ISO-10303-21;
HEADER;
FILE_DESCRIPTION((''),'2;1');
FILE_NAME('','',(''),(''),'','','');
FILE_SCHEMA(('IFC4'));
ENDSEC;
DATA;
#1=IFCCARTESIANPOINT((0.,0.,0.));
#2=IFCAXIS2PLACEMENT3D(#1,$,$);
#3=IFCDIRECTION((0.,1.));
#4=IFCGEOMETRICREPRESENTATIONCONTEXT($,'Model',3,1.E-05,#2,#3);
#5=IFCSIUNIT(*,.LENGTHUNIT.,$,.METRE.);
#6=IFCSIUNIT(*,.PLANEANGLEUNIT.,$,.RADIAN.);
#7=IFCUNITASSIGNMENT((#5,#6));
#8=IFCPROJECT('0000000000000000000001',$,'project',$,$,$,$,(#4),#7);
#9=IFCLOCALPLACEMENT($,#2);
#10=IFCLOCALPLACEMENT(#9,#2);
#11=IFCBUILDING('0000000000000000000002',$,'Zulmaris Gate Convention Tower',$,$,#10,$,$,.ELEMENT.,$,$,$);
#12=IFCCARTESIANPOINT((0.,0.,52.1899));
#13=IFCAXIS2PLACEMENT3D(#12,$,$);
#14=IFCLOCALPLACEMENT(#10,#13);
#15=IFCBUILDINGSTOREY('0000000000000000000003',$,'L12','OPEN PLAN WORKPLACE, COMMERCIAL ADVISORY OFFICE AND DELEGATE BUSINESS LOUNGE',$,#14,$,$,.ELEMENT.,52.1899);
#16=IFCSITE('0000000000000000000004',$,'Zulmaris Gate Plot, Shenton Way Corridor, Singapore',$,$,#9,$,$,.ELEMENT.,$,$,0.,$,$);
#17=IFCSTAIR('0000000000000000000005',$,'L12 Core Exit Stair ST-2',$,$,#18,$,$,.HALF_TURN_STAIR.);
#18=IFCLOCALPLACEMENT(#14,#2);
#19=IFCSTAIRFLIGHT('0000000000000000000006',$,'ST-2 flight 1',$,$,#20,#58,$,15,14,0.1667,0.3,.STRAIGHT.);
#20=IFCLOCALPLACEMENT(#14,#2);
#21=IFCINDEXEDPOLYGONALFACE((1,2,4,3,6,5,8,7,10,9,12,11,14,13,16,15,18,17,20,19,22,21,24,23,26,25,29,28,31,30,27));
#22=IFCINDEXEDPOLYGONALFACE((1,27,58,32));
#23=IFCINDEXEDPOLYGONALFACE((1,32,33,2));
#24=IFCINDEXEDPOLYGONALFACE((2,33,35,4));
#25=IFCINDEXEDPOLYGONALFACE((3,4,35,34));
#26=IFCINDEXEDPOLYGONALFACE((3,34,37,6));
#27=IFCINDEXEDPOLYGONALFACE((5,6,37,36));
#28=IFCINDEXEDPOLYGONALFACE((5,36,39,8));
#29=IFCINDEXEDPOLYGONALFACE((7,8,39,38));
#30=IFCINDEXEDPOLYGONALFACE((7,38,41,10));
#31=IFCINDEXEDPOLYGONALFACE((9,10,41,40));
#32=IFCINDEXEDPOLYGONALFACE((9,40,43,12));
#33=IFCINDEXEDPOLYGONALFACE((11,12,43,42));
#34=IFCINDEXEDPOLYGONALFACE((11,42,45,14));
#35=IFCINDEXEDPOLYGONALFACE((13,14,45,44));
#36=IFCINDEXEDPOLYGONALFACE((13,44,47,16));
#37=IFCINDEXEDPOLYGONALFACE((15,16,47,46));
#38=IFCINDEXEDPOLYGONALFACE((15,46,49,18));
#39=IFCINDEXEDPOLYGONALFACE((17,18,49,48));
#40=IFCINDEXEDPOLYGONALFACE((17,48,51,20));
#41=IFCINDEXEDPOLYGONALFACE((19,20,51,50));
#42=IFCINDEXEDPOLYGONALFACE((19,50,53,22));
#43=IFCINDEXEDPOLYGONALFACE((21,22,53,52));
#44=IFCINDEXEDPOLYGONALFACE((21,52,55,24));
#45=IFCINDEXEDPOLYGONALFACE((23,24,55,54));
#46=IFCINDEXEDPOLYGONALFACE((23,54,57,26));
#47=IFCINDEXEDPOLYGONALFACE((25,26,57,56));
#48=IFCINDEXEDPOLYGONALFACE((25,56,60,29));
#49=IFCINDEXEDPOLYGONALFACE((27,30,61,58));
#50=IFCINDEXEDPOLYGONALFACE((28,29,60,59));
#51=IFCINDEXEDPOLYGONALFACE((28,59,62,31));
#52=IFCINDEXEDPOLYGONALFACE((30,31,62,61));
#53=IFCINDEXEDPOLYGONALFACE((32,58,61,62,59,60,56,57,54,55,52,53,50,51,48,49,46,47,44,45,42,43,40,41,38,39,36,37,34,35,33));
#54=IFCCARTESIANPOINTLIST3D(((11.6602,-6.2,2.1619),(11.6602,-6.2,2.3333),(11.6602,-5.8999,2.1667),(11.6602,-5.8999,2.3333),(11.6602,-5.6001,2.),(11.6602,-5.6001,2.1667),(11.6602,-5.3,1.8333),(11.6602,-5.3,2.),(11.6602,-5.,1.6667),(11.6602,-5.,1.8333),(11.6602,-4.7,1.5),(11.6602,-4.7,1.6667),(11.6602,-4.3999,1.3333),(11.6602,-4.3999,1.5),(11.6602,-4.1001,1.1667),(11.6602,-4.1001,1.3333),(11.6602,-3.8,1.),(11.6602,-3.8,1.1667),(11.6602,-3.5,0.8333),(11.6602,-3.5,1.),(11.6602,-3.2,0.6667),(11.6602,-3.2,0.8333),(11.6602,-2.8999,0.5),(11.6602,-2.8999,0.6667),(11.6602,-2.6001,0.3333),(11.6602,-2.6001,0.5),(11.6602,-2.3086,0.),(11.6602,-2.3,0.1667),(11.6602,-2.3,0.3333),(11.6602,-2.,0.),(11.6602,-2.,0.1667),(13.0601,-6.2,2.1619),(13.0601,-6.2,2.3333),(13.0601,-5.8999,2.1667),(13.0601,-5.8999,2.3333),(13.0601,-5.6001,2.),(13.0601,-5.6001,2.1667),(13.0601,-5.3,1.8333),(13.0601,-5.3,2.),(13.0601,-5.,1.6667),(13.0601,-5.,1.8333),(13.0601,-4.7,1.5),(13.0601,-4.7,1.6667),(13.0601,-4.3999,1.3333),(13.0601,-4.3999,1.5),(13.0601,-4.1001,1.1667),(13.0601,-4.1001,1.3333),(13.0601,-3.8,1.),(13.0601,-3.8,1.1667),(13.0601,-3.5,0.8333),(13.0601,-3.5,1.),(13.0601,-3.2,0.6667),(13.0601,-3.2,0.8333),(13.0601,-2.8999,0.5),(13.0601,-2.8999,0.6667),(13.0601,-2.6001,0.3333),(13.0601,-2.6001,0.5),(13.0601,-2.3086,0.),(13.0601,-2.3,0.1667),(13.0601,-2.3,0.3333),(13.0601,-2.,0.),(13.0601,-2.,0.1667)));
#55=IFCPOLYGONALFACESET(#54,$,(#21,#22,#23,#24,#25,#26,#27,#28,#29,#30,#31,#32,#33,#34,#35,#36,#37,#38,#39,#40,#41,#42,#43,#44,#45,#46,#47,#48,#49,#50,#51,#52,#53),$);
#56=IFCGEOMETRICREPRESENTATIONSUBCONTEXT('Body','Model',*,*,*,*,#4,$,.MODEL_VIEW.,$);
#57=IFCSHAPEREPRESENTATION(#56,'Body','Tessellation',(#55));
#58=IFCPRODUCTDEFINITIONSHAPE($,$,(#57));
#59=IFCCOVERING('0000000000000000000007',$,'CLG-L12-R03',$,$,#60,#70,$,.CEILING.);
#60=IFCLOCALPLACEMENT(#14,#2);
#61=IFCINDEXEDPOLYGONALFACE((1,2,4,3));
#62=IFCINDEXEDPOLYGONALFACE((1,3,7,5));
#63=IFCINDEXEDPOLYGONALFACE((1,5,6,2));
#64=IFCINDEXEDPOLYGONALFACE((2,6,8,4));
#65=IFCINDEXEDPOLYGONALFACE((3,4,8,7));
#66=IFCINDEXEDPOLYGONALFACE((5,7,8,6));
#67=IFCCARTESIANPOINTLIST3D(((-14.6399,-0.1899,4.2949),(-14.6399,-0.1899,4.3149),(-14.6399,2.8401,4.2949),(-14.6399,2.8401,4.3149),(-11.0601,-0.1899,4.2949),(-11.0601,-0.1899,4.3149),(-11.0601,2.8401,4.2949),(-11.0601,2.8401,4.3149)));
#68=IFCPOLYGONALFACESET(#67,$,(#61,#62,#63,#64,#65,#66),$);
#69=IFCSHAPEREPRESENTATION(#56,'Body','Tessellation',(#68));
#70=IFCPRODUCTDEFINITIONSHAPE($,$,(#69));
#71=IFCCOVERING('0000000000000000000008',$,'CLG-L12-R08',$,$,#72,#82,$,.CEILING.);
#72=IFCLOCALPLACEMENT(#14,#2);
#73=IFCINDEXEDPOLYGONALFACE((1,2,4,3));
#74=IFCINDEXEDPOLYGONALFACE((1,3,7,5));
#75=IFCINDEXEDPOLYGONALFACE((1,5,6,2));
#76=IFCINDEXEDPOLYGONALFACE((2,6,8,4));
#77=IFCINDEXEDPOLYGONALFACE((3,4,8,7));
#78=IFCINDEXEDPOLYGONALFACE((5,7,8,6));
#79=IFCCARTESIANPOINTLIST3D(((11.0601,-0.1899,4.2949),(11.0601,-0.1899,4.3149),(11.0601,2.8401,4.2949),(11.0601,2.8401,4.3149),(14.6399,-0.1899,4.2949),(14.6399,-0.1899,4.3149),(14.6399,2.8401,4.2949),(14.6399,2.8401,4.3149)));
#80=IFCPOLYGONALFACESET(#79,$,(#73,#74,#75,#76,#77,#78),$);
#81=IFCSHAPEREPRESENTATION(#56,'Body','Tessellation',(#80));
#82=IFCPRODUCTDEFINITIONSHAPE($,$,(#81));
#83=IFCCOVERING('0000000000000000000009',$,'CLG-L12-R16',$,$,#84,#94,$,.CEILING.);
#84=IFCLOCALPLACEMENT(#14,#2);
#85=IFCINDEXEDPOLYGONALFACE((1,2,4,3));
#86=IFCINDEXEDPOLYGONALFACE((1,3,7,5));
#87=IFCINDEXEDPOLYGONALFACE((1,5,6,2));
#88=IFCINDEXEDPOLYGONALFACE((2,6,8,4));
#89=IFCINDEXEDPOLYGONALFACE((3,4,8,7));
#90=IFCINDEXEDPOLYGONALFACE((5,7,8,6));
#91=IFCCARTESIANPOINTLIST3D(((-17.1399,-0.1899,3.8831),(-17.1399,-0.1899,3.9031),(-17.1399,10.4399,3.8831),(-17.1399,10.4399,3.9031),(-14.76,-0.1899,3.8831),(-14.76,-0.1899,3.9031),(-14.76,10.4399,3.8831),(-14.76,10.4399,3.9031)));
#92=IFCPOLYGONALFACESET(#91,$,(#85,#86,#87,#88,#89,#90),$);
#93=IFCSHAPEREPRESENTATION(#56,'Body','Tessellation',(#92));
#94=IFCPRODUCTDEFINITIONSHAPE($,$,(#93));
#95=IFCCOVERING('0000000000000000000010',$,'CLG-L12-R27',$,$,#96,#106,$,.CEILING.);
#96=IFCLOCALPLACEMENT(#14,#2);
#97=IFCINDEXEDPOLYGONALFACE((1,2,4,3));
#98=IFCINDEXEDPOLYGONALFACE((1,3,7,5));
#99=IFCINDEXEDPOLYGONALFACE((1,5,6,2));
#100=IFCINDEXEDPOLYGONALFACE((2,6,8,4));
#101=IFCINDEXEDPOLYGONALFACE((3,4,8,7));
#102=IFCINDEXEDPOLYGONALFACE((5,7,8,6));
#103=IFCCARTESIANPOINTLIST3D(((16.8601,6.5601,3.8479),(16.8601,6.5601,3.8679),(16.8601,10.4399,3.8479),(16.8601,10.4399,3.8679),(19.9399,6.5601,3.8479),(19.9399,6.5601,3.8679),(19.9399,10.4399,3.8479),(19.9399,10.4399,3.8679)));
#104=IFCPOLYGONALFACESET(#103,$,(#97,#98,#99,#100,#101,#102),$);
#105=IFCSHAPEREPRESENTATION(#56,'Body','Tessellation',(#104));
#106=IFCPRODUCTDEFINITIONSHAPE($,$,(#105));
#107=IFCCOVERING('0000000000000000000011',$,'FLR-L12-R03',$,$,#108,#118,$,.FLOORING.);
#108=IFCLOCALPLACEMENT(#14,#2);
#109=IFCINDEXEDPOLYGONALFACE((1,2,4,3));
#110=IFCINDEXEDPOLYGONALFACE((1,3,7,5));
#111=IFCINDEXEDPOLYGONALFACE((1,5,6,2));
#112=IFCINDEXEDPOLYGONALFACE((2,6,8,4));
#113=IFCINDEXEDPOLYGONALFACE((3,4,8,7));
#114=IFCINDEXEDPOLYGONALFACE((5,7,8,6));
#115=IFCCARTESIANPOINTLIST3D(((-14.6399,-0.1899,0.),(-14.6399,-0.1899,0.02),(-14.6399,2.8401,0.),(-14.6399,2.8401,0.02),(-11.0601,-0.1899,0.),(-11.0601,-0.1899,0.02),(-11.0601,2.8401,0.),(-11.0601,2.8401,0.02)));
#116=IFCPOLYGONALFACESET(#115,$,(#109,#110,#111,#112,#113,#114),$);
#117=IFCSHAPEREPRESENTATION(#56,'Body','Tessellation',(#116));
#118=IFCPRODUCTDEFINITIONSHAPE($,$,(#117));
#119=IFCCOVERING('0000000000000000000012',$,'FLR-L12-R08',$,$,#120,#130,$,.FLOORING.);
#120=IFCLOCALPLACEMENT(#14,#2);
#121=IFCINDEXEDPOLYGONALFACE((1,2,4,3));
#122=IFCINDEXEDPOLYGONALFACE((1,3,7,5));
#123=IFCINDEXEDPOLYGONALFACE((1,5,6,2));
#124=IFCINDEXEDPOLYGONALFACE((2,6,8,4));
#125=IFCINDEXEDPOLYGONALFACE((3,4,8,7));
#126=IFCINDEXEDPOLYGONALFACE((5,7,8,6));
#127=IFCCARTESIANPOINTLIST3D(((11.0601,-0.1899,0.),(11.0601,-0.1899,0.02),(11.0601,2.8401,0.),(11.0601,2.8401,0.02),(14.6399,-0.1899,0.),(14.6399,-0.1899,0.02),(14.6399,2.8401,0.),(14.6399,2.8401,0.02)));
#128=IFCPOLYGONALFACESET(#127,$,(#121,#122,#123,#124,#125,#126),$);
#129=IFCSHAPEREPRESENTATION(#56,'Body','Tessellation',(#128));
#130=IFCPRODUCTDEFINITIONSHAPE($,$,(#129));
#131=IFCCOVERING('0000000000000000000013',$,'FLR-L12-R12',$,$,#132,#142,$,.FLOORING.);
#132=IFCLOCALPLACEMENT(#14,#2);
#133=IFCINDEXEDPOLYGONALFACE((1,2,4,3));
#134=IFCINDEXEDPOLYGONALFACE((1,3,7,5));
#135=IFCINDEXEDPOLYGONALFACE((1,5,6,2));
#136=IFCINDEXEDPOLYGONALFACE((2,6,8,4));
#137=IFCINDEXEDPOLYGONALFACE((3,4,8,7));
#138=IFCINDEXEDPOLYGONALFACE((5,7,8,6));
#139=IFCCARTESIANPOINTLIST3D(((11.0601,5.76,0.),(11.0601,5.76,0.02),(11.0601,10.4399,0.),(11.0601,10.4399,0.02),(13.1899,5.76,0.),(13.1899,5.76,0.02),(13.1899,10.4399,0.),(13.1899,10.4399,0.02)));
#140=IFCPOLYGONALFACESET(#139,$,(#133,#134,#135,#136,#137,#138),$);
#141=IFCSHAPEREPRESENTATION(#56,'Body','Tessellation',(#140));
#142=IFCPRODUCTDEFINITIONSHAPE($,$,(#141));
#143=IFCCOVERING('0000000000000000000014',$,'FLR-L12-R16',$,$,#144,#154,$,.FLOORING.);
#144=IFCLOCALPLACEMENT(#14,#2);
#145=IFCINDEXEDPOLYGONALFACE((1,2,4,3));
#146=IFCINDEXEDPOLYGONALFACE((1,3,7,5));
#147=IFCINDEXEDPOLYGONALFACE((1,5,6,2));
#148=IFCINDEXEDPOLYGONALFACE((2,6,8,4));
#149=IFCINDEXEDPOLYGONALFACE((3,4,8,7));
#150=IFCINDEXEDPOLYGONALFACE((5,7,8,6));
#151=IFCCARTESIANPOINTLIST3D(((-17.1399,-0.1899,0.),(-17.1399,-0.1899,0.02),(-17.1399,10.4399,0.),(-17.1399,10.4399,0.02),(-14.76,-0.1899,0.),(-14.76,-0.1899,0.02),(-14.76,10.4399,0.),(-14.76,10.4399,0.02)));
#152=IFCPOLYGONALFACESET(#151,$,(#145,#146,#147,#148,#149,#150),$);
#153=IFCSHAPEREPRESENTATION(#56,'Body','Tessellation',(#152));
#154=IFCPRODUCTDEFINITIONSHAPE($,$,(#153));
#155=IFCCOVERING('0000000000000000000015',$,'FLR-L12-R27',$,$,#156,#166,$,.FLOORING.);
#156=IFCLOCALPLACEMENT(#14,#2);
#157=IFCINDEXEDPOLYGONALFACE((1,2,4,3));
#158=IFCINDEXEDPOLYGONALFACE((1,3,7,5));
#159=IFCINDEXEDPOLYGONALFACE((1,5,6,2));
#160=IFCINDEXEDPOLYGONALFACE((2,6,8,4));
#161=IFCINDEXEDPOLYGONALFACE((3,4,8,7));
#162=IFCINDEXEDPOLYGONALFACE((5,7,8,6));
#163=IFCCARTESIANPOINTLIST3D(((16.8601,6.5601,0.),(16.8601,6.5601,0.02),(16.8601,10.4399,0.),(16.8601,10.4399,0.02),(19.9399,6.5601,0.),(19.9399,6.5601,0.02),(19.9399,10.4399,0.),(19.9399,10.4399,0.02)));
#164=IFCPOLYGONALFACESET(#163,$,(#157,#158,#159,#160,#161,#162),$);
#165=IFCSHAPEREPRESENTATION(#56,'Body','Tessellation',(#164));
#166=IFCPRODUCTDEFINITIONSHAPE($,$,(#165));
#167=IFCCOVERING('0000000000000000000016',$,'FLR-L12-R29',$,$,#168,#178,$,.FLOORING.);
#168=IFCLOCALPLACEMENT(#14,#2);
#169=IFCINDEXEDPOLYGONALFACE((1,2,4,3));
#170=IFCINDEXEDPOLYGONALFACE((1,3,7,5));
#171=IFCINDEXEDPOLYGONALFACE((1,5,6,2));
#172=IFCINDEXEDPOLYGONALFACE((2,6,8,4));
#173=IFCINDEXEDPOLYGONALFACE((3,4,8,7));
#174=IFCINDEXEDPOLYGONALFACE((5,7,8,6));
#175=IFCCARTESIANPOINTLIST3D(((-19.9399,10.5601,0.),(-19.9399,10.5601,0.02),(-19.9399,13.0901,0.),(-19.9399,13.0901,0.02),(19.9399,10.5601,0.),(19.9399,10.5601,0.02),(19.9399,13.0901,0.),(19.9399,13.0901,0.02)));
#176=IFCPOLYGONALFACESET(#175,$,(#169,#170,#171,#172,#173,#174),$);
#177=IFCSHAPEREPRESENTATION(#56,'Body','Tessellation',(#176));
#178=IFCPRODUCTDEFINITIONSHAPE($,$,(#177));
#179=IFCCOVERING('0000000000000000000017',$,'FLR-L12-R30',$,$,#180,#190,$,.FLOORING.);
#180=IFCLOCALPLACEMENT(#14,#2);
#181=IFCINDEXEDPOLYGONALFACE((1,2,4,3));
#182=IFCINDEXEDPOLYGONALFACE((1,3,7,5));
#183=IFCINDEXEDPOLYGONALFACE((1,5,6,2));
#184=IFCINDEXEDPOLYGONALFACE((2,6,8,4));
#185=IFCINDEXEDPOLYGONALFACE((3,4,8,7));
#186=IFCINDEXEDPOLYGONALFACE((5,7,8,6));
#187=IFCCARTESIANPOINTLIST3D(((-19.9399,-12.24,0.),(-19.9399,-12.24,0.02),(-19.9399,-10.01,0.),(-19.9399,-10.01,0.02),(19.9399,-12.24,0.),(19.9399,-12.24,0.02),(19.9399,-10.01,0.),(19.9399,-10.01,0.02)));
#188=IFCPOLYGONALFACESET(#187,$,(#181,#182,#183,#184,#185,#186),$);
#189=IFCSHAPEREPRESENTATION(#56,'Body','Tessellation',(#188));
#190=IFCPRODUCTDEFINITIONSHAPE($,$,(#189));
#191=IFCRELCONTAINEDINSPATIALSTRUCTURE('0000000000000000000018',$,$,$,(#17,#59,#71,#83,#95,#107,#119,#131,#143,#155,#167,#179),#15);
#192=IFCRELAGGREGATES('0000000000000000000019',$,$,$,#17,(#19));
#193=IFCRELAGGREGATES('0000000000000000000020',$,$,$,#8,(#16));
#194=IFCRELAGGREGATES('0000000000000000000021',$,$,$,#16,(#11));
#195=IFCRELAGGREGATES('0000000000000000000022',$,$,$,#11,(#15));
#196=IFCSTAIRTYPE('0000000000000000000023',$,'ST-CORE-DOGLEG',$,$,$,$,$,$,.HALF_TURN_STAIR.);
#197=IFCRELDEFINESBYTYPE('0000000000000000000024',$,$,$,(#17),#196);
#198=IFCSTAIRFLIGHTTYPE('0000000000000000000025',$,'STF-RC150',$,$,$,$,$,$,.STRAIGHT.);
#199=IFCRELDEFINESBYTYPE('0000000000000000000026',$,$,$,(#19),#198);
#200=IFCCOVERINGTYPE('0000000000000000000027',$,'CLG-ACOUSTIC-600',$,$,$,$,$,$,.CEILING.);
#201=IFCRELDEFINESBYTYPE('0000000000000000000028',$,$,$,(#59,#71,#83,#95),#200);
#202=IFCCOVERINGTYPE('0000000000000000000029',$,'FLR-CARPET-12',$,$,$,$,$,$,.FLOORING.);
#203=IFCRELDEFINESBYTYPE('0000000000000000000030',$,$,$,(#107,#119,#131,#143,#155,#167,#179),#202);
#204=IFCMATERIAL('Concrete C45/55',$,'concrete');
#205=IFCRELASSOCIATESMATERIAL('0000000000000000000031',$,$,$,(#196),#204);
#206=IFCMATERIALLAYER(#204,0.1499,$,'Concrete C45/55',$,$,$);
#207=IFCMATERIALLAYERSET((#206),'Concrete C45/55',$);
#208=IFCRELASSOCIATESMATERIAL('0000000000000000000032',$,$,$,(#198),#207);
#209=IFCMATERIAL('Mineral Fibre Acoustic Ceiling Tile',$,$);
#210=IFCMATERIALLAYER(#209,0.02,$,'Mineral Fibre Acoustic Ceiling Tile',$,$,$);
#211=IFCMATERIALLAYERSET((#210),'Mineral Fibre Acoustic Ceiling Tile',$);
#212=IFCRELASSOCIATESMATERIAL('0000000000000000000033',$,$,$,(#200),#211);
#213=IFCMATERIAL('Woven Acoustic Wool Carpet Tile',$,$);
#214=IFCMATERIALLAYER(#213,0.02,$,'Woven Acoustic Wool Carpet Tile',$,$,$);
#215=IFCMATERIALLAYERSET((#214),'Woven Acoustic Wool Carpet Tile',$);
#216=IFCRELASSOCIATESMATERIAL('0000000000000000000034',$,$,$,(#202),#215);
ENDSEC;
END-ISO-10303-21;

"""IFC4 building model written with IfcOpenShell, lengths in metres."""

from ifc_helpers import new_model, si_unit, direction, frame, origin, place, context, subcontext, project, spatial, polyline, outline, extrude, material, layer, layer_set, type_object, element, aggregate, save


model = new_model("IFC4")

# Units and contexts
model_context = context("Model", 3, precision=1e-05, world=origin(), true_north=direction((0.0, 1.0)))
body_context = subcontext(model_context, "Body", "Model", "MODEL_VIEW")
ifc_project = project(units=[si_unit("LENGTHUNIT", "METRE"), si_unit("PLANEANGLEUNIT", "RADIAN")], contexts=[model_context])

# Site, building, storey
site_placement = place(None, origin())
site = spatial("IfcSite", under=ifc_project, at=site_placement, Name="Zulmaris Gate Plot, Shenton Way Corridor, Singapore", CompositionType="ELEMENT", RefElevation=0.0)
building_placement = place(site_placement, origin())
building = spatial("IfcBuilding", under=site, at=building_placement, Name="Zulmaris Gate Convention Tower", CompositionType="ELEMENT")
storey_placement = place(building_placement, frame((0.0, 0.0, 52.1899)))
storey = spatial("IfcBuildingStorey", under=building, at=storey_placement, Name="L12", Description="OPEN PLAN WORKPLACE, COMMERCIAL ADVISORY OFFICE AND DELEGATE BUSINESS LOUNGE", CompositionType="ELEMENT", Elevation=52.1899)

# Stair
ifc_material_1 = material(Name="Concrete C45/55", Category="concrete")
stair_type = type_object("IfcStairType", Name="ST-CORE-DOGLEG", PredefinedType="HALF_TURN_STAIR", material=ifc_material_1)
stair_1_placement = place(storey_placement, origin())
stair_1 = element("IfcStair", 1, at=stair_1_placement, inside=storey, type_object=stair_type, Name="L12 Core Exit Stair ST-2", PredefinedType="HALF_TURN_STAIR")

# Stair flight
ifc_layer_1 = layer(ifc_material_1, 0.1499, Name="Concrete C45/55")
ifc_layer_set_1 = layer_set([ifc_layer_1], Name="Concrete C45/55")
stair_flight_type = type_object("IfcStairFlightType", Name="STF-RC150", PredefinedType="STRAIGHT", material=ifc_layer_set_1)
stair_flight_placement = place(storey_placement, frame((12.3601, -2.0, 0.0), z_axis=(0.0, 0.0, 1.0), x_axis=(0.0, -1.0, 0.0)))
stair_flight = element("IfcStairFlight", 2, at=stair_flight_placement, type_object=stair_flight_type, Name="ST-2 flight 1", NumberOfRisers=15, NumberOfTreads=14, PredefinedType="STRAIGHT", RiserHeight=0.1667, TreadLength=0.3, context=body_context, shape_type="SweptSolid", body=[
    extrude(outline(polyline([(0.0, 0.0), (0.0, 0.1667), (0.3, 0.1667), (0.3, 0.3333), (0.6001, 0.3333), (0.6001, 0.5), (0.8999, 0.5), (0.8999, 0.6667), (1.2, 0.6667), (1.2, 0.8333), (1.5, 0.8333), (1.5, 1.0), (1.8, 1.0), (1.8, 1.1667), (2.1001, 1.1667), (2.1001, 1.3333), (2.3999, 1.3333), (2.3999, 1.5), (2.7, 1.5), (2.7, 1.6667), (3.0, 1.6667), (3.0, 1.8333), (3.3, 1.8333), (3.3, 2.0), (3.6001, 2.0), (3.6001, 2.1667), (3.8999, 2.1667), (3.8999, 2.3333), (4.2, 2.3333), (4.2, 2.5), (4.2, 2.1619), (0.3086, 0.0), (0.0, 0.0)])), frame((0.0, 0.7, 0.0), z_axis=(0.0, -1.0, 0.0), x_axis=(1.0, 0.0, 0.0)), (0.0, 0.0, 1.0), 1.3999),
])
aggregate(stair_1, [stair_flight])

# Coverings
ifc_material_2 = material(Name="Mineral Fibre Acoustic Ceiling Tile")
ifc_layer_2 = layer(ifc_material_2, 0.02, Name="Mineral Fibre Acoustic Ceiling Tile")
ifc_layer_set_2 = layer_set([ifc_layer_2], Name="Mineral Fibre Acoustic Ceiling Tile")
covering_type_1 = type_object("IfcCoveringType", Name="CLG-ACOUSTIC-600", PredefinedType="CEILING", material=ifc_layer_set_2)
covering_1_placement = place(storey_placement, frame((0.0, 0.0, 4.2949)))
element("IfcCovering", 3, at=covering_1_placement, inside=storey, type_object=covering_type_1, Name="CLG-L12-R03", PredefinedType="CEILING", context=body_context, shape_type="SweptSolid", body=[
    extrude(outline(polyline([(-14.6399, -0.1899), (-11.0601, -0.1899), (-11.0601, 2.8401), (-14.6399, 2.8401), (-14.6399, -0.1899)])), origin(), (0.0, 0.0, 1.0), 0.02),
])
covering_2_placement = place(storey_placement, frame((0.0, 0.0, 4.2949)))
element("IfcCovering", 4, at=covering_2_placement, inside=storey, type_object=covering_type_1, Name="CLG-L12-R08", PredefinedType="CEILING", context=body_context, shape_type="SweptSolid", body=[
    extrude(outline(polyline([(11.0601, -0.1899), (14.6399, -0.1899), (14.6399, 2.8401), (11.0601, 2.8401), (11.0601, -0.1899)])), origin(), (0.0, 0.0, 1.0), 0.02),
])
covering_3_placement = place(storey_placement, frame((0.0, 0.0, 3.8831)))
element("IfcCovering", 5, at=covering_3_placement, inside=storey, type_object=covering_type_1, Name="CLG-L12-R16", PredefinedType="CEILING", context=body_context, shape_type="SweptSolid", body=[
    extrude(outline(polyline([(-17.1399, -0.1899), (-14.76, -0.1899), (-14.76, 10.4399), (-17.1399, 10.4399), (-17.1399, -0.1899)])), origin(), (0.0, 0.0, 1.0), 0.02),
])
covering_4_placement = place(storey_placement, frame((0.0, 0.0, 3.8479)))
element("IfcCovering", 6, at=covering_4_placement, inside=storey, type_object=covering_type_1, Name="CLG-L12-R27", PredefinedType="CEILING", context=body_context, shape_type="SweptSolid", body=[
    extrude(outline(polyline([(16.8601, 6.5601), (19.9399, 6.5601), (19.9399, 10.4399), (16.8601, 10.4399), (16.8601, 6.5601)])), origin(), (0.0, 0.0, 1.0), 0.02),
])
ifc_material_3 = material(Name="Woven Acoustic Wool Carpet Tile")
ifc_layer_3 = layer(ifc_material_3, 0.02, Name="Woven Acoustic Wool Carpet Tile")
ifc_layer_set_3 = layer_set([ifc_layer_3], Name="Woven Acoustic Wool Carpet Tile")
covering_type_2 = type_object("IfcCoveringType", Name="FLR-CARPET-12", PredefinedType="FLOORING", material=ifc_layer_set_3)
covering_5_placement = place(storey_placement, origin())
element("IfcCovering", 7, at=covering_5_placement, inside=storey, type_object=covering_type_2, Name="FLR-L12-R03", PredefinedType="FLOORING", context=body_context, shape_type="SweptSolid", body=[
    extrude(outline(polyline([(-14.6399, -0.1899), (-11.0601, -0.1899), (-11.0601, 2.8401), (-14.6399, 2.8401), (-14.6399, -0.1899)])), origin(), (0.0, 0.0, 1.0), 0.02),
])
covering_6_placement = place(storey_placement, origin())
element("IfcCovering", 8, at=covering_6_placement, inside=storey, type_object=covering_type_2, Name="FLR-L12-R08", PredefinedType="FLOORING", context=body_context, shape_type="SweptSolid", body=[
    extrude(outline(polyline([(11.0601, -0.1899), (14.6399, -0.1899), (14.6399, 2.8401), (11.0601, 2.8401), (11.0601, -0.1899)])), origin(), (0.0, 0.0, 1.0), 0.02),
])
covering_7_placement = place(storey_placement, origin())
element("IfcCovering", 9, at=covering_7_placement, inside=storey, type_object=covering_type_2, Name="FLR-L12-R12", PredefinedType="FLOORING", context=body_context, shape_type="SweptSolid", body=[
    extrude(outline(polyline([(11.0601, 5.76), (13.1899, 5.76), (13.1899, 10.4399), (11.0601, 10.4399), (11.0601, 5.76)])), origin(), (0.0, 0.0, 1.0), 0.02),
])
covering_8_placement = place(storey_placement, origin())
element("IfcCovering", 10, at=covering_8_placement, inside=storey, type_object=covering_type_2, Name="FLR-L12-R16", PredefinedType="FLOORING", context=body_context, shape_type="SweptSolid", body=[
    extrude(outline(polyline([(-17.1399, -0.1899), (-14.76, -0.1899), (-14.76, 10.4399), (-17.1399, 10.4399), (-17.1399, -0.1899)])), origin(), (0.0, 0.0, 1.0), 0.02),
])
covering_9_placement = place(storey_placement, origin())
element("IfcCovering", 11, at=covering_9_placement, inside=storey, type_object=covering_type_2, Name="FLR-L12-R27", PredefinedType="FLOORING", context=body_context, shape_type="SweptSolid", body=[
    extrude(outline(polyline([(16.8601, 6.5601), (19.9399, 6.5601), (19.9399, 10.4399), (16.8601, 10.4399), (16.8601, 6.5601)])), origin(), (0.0, 0.0, 1.0), 0.02),
])
covering_10_placement = place(storey_placement, origin())
element("IfcCovering", 12, at=covering_10_placement, inside=storey, type_object=covering_type_2, Name="FLR-L12-R29", PredefinedType="FLOORING", context=body_context, shape_type="SweptSolid", body=[
    extrude(outline(polyline([(-19.9399, 10.5601), (19.9399, 10.5601), (19.9399, 13.0901), (-19.9399, 13.0901), (-19.9399, 10.5601)])), origin(), (0.0, 0.0, 1.0), 0.02),
])
covering_11_placement = place(storey_placement, origin())
element("IfcCovering", 13, at=covering_11_placement, inside=storey, type_object=covering_type_2, Name="FLR-L12-R30", PredefinedType="FLOORING", context=body_context, shape_type="SweptSolid", body=[
    extrude(outline(polyline([(-19.9399, -12.24), (19.9399, -12.24), (19.9399, -10.01), (-19.9399, -10.01), (-19.9399, -12.24)])), origin(), (0.0, 0.0, 1.0), 0.02),
])

save(model, "model.ifc")
